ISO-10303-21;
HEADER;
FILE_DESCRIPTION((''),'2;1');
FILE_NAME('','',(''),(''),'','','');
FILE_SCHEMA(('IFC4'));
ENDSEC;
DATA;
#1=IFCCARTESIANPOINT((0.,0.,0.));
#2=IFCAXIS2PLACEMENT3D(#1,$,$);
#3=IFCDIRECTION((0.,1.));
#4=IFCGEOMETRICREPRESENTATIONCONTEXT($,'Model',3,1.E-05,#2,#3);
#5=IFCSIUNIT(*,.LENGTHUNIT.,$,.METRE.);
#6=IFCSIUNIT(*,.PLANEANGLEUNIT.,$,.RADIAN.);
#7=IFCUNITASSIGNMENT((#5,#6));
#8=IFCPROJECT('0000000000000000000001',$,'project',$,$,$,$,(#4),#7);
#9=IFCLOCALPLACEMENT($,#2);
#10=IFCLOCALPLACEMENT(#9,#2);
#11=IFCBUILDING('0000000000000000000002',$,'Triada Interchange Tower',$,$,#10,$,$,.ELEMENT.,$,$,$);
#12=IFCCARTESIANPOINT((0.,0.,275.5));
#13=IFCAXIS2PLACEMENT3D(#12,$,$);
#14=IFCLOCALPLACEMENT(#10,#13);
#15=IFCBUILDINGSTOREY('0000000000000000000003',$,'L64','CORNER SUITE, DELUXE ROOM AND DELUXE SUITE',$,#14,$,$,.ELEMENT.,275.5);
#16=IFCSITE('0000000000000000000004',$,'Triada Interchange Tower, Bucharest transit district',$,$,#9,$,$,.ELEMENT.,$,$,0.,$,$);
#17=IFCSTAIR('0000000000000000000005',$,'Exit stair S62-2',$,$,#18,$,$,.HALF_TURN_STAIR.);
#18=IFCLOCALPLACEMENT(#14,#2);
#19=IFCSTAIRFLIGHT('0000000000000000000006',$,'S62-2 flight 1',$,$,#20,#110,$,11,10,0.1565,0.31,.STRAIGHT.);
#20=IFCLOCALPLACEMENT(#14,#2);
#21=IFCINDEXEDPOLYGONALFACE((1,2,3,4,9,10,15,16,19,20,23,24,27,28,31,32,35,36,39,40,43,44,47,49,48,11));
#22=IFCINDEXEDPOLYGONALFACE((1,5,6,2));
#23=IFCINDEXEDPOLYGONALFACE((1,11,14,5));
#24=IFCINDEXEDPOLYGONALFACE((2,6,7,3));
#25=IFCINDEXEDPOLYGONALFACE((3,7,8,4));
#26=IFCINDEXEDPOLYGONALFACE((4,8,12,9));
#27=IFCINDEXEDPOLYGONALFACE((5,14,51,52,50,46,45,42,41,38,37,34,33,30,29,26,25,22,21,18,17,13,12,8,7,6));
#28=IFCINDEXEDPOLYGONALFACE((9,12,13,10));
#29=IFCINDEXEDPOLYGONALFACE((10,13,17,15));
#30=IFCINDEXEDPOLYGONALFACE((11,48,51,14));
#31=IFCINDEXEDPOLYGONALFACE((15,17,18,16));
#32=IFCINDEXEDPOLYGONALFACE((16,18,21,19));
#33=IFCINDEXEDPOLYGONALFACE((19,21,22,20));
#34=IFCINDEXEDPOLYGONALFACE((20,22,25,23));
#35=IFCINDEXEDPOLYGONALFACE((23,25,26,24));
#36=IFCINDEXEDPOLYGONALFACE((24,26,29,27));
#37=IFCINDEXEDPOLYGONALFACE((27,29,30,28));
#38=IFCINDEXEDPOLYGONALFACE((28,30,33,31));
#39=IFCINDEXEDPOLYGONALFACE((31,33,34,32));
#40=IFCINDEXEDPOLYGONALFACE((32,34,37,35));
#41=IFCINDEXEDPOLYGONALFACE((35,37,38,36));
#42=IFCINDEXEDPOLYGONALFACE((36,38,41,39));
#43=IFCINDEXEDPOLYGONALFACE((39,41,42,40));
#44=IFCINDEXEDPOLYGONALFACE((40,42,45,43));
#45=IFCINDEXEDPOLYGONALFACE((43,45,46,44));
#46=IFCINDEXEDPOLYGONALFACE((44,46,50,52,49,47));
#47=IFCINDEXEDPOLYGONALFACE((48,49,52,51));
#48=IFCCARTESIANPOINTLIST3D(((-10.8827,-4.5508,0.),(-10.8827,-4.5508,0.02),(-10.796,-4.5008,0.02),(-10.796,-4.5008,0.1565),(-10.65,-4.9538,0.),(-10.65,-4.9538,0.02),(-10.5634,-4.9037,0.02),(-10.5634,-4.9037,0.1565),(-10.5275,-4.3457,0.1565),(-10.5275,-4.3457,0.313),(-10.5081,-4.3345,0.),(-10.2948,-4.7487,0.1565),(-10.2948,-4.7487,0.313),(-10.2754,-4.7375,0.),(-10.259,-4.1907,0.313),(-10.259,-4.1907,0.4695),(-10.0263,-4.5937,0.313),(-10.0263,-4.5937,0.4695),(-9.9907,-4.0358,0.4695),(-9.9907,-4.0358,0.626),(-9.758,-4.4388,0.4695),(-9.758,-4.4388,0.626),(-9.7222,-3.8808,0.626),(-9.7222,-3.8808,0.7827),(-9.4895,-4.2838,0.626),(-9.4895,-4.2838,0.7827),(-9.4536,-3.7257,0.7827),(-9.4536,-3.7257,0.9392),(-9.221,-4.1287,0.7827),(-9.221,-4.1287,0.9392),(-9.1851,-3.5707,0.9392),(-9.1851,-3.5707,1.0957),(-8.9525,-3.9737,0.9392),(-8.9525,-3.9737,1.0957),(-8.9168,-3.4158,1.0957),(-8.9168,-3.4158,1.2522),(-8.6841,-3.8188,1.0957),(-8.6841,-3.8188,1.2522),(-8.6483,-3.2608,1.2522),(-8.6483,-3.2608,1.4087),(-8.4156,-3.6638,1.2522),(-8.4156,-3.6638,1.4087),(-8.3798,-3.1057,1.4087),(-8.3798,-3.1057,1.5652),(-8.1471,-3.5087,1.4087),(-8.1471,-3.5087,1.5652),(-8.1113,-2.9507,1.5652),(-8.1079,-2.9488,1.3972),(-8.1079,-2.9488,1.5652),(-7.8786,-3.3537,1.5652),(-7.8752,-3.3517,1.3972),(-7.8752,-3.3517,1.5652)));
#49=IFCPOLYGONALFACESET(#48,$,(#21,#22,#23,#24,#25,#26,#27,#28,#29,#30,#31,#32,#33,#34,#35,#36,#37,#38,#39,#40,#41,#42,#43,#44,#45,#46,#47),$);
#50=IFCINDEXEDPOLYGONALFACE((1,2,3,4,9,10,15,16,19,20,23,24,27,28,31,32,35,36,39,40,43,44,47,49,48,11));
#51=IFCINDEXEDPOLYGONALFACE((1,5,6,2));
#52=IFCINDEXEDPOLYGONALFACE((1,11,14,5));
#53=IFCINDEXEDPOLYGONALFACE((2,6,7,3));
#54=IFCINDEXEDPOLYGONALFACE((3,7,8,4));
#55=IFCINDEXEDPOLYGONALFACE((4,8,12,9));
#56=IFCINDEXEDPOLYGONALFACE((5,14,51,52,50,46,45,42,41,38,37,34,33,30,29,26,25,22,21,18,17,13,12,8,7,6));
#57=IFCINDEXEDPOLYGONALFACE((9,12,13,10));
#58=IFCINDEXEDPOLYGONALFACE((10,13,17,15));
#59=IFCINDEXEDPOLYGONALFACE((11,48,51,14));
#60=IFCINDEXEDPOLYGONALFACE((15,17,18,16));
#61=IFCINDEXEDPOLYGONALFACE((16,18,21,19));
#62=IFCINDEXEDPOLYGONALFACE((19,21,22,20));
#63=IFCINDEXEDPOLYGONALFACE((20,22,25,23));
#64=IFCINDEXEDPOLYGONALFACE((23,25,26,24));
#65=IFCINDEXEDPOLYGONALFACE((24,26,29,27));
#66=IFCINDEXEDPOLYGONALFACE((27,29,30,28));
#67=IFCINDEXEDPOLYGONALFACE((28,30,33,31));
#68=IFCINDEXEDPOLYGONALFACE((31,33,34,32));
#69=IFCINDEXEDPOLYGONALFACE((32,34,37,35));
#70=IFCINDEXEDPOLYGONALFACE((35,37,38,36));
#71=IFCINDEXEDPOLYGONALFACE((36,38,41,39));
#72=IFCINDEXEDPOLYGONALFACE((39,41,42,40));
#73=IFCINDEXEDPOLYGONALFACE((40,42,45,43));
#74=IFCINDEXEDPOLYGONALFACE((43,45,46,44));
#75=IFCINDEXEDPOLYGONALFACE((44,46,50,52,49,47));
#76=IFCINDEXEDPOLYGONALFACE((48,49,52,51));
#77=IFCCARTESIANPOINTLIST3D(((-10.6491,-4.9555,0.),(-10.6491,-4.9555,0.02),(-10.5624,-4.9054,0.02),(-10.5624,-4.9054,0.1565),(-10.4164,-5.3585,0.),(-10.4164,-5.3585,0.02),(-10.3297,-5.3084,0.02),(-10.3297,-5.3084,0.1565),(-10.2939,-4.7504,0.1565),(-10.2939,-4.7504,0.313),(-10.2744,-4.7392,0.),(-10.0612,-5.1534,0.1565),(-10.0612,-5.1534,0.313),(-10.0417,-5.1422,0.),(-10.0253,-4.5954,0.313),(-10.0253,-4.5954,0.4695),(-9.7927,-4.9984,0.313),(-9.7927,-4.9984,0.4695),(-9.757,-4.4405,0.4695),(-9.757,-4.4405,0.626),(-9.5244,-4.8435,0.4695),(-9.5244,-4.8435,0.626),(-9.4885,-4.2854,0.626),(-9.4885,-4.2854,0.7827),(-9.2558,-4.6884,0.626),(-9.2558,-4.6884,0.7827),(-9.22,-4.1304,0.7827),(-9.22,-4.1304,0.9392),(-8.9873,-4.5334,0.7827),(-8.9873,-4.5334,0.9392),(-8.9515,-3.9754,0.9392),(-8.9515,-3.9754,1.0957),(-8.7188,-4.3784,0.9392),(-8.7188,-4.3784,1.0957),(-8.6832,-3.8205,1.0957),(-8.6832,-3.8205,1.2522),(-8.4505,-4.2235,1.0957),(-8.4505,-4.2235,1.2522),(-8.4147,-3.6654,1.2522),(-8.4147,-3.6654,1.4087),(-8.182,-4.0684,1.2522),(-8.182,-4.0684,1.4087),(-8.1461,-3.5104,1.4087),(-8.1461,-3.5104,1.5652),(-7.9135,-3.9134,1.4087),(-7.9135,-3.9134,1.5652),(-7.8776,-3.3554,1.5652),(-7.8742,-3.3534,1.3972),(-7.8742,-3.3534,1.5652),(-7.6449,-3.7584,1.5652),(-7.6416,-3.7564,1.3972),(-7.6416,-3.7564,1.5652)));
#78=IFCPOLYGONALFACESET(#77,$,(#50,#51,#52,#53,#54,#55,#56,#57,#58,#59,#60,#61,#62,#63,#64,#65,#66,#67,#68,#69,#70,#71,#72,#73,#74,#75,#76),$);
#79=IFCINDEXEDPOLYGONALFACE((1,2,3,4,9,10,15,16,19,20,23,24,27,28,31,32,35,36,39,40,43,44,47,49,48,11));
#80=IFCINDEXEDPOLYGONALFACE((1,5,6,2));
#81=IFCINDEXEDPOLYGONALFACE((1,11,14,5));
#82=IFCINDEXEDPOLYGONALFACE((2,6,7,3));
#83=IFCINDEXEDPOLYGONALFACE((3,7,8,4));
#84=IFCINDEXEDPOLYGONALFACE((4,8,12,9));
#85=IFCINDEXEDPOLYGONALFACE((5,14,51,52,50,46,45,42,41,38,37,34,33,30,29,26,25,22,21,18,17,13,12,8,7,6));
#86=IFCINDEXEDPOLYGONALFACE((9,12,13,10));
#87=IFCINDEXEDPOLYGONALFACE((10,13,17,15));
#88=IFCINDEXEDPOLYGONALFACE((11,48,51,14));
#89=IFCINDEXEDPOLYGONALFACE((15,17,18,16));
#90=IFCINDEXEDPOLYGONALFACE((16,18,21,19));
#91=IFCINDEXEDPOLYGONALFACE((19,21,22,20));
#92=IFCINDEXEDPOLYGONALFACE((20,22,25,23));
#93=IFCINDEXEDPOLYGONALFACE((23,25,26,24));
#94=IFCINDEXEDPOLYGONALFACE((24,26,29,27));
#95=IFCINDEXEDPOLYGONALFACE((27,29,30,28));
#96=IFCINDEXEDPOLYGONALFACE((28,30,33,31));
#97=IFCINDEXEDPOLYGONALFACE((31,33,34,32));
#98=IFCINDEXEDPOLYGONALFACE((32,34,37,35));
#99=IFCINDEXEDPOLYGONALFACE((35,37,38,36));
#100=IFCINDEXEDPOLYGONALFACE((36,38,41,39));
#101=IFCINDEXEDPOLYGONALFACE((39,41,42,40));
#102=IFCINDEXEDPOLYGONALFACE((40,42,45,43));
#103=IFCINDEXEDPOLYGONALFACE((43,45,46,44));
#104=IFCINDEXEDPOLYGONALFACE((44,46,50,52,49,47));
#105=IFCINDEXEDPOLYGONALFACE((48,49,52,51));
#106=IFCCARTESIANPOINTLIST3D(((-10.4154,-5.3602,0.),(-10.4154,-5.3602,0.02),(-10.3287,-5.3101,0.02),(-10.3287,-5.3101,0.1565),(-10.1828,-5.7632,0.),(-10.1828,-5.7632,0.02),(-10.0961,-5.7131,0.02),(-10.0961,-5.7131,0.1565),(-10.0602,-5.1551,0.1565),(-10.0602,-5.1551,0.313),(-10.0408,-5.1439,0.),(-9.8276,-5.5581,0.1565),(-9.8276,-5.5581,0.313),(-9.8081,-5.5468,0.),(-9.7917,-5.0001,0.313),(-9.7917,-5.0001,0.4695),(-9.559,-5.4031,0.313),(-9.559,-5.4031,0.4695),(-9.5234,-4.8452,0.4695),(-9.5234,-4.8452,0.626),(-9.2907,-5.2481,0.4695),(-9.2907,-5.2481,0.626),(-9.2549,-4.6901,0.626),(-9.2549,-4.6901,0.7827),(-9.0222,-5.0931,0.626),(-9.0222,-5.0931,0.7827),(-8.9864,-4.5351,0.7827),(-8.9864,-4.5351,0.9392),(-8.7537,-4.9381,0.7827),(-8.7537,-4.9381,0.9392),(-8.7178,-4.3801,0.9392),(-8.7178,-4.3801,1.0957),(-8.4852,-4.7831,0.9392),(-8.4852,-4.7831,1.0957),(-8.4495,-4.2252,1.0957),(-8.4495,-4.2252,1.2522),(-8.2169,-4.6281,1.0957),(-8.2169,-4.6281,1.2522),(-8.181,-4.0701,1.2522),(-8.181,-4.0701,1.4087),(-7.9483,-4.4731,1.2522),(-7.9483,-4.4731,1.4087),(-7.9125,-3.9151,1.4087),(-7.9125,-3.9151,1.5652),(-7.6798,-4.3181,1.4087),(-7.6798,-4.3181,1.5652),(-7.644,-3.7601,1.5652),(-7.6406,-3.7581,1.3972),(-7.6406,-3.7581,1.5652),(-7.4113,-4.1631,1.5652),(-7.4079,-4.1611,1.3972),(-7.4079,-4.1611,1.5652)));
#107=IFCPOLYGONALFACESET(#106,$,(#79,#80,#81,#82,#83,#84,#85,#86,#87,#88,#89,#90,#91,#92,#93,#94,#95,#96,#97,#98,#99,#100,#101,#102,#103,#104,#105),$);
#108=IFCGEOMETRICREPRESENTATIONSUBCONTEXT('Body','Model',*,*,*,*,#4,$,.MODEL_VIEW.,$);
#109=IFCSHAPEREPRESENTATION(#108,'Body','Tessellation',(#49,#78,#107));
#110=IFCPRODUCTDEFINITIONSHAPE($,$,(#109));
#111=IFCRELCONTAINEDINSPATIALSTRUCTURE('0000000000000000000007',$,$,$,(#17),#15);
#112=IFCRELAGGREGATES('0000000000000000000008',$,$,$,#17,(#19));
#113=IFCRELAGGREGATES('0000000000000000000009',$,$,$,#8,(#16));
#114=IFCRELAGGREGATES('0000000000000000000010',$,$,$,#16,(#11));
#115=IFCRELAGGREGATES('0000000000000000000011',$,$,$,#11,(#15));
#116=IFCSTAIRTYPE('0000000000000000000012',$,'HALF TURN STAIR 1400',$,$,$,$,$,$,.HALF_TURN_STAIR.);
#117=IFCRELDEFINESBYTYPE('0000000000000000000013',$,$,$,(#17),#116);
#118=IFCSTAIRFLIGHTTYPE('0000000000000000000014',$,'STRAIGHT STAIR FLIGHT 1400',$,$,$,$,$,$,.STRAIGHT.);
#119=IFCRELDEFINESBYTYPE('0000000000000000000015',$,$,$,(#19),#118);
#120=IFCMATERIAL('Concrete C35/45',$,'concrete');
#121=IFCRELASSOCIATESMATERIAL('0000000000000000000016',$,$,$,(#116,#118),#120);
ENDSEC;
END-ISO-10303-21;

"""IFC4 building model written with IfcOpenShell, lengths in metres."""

from ifc_helpers import new_model, si_unit, direction, frame, origin, place, context, subcontext, project, spatial, polyline, outline, extrude, material, type_object, element, aggregate, save


model = new_model("IFC4")

# Units and contexts
model_context = context("Model", 3, precision=1e-05, world=origin(), true_north=direction((0.0, 1.0)))
body_context = subcontext(model_context, "Body", "Model", "MODEL_VIEW")
ifc_project = project(units=[si_unit("LENGTHUNIT", "METRE"), si_unit("PLANEANGLEUNIT", "RADIAN")], contexts=[model_context])

# Site, building, storey
site_placement = place(None, origin())
site = spatial("IfcSite", under=ifc_project, at=site_placement, Name="Triada Interchange Tower, Bucharest transit district", CompositionType="ELEMENT", RefElevation=0.0)
building_placement = place(site_placement, origin())
building = spatial("IfcBuilding", under=site, at=building_placement, Name="Triada Interchange Tower", CompositionType="ELEMENT")
storey_placement = place(building_placement, frame((0.0, 0.0, 275.5)))
storey = spatial("IfcBuildingStorey", under=building, at=storey_placement, Name="L64", Description="CORNER SUITE, DELUXE ROOM AND DELUXE SUITE", CompositionType="ELEMENT", Elevation=275.5)

# Stair, stair flight
ifc_material_1 = material(Name="Concrete C35/45", Category="concrete")
stair_type = type_object("IfcStairType", Name="HALF TURN STAIR 1400", PredefinedType="HALF_TURN_STAIR", material=ifc_material_1)
stair_placement = place(storey_placement, origin())
stair = element("IfcStair", 1, at=stair_placement, inside=storey, type_object=stair_type, Name="Exit stair S62-2", PredefinedType="HALF_TURN_STAIR")
stair_flight_type = type_object("IfcStairFlightType", Name="STRAIGHT STAIR FLIGHT 1400", PredefinedType="STRAIGHT", material=ifc_material_1)
stair_flight_1_placement = place(storey_placement, frame((-10.446, -5.1069, 0.0), z_axis=(0.0, 0.0, 1.0), x_axis=(0.866025, 0.5, 0.0)))
stair_flight_1 = element("IfcStairFlight", 2, at=stair_flight_1_placement, type_object=stair_flight_type, Name="S62-2 flight 1", NumberOfRisers=11, NumberOfTreads=10, PredefinedType="STRAIGHT", RiserHeight=0.1565, TreadLength=0.31, context=body_context, shape_type="SweptSolid", body=[
    extrude(outline(polyline([(-0.1001, 0.0), (-0.1001, 0.02), (0.0, 0.02), (0.0, 0.1565), (0.3101, 0.1565), (0.3101, 0.313), (0.6201, 0.313), (0.6201, 0.4695), (0.9299, 0.4695), (0.9299, 0.626), (1.24, 0.626), (1.24, 0.7827), (1.55, 0.7827), (1.55, 0.9392), (1.8601, 0.9392), (1.8601, 1.0957), (2.1699, 1.0957), (2.1699, 1.2522), (2.48, 1.2522), (2.48, 1.4087), (2.79, 1.4087), (2.79, 1.5652), (3.1001, 1.5652), (3.104, 1.5652), (3.104, 1.7217), (3.104, 1.3972), (0.3325, 0.0), (-0.1001, 0.0)])), frame((0.0, 0.7, 0.0), z_axis=(0.0, -1.0, 0.0), x_axis=(1.0, 0.0, 0.0)), (0.0, 0.0, 1.0), 0.4653),
    extrude(outline(polyline([(-0.1001, 0.0), (-0.1001, 0.02), (0.0, 0.02), (0.0, 0.1565), (0.3101, 0.1565), (0.3101, 0.313), (0.6201, 0.313), (0.6201, 0.4695), (0.9299, 0.4695), (0.9299, 0.626), (1.24, 0.626), (1.24, 0.7827), (1.55, 0.7827), (1.55, 0.9392), (1.8601, 0.9392), (1.8601, 1.0957), (2.1699, 1.0957), (2.1699, 1.2522), (2.48, 1.2522), (2.48, 1.4087), (2.79, 1.4087), (2.79, 1.5652), (3.1001, 1.5652), (3.104, 1.5652), (3.104, 1.7217), (3.104, 1.3972), (0.3325, 0.0), (-0.1001, 0.0)])), frame((0.0, 0.2327, 0.0), z_axis=(0.0, -1.0, 0.0), x_axis=(1.0, 0.0, 0.0)), (0.0, 0.0, 1.0), 0.4653),
    extrude(outline(polyline([(-0.1001, 0.0), (-0.1001, 0.02), (0.0, 0.02), (0.0, 0.1565), (0.3101, 0.1565), (0.3101, 0.313), (0.6201, 0.313), (0.6201, 0.4695), (0.9299, 0.4695), (0.9299, 0.626), (1.24, 0.626), (1.24, 0.7827), (1.55, 0.7827), (1.55, 0.9392), (1.8601, 0.9392), (1.8601, 1.0957), (2.1699, 1.0957), (2.1699, 1.2522), (2.48, 1.2522), (2.48, 1.4087), (2.79, 1.4087), (2.79, 1.5652), (3.1001, 1.5652), (3.104, 1.5652), (3.104, 1.7217), (3.104, 1.3972), (0.3325, 0.0), (-0.1001, 0.0)])), frame((0.0, -0.2346, 0.0), z_axis=(0.0, -1.0, 0.0), x_axis=(1.0, 0.0, 0.0)), (0.0, 0.0, 1.0), 0.4653),
])
aggregate(stair, [stair_flight_1])

save(model, "model.ifc")
